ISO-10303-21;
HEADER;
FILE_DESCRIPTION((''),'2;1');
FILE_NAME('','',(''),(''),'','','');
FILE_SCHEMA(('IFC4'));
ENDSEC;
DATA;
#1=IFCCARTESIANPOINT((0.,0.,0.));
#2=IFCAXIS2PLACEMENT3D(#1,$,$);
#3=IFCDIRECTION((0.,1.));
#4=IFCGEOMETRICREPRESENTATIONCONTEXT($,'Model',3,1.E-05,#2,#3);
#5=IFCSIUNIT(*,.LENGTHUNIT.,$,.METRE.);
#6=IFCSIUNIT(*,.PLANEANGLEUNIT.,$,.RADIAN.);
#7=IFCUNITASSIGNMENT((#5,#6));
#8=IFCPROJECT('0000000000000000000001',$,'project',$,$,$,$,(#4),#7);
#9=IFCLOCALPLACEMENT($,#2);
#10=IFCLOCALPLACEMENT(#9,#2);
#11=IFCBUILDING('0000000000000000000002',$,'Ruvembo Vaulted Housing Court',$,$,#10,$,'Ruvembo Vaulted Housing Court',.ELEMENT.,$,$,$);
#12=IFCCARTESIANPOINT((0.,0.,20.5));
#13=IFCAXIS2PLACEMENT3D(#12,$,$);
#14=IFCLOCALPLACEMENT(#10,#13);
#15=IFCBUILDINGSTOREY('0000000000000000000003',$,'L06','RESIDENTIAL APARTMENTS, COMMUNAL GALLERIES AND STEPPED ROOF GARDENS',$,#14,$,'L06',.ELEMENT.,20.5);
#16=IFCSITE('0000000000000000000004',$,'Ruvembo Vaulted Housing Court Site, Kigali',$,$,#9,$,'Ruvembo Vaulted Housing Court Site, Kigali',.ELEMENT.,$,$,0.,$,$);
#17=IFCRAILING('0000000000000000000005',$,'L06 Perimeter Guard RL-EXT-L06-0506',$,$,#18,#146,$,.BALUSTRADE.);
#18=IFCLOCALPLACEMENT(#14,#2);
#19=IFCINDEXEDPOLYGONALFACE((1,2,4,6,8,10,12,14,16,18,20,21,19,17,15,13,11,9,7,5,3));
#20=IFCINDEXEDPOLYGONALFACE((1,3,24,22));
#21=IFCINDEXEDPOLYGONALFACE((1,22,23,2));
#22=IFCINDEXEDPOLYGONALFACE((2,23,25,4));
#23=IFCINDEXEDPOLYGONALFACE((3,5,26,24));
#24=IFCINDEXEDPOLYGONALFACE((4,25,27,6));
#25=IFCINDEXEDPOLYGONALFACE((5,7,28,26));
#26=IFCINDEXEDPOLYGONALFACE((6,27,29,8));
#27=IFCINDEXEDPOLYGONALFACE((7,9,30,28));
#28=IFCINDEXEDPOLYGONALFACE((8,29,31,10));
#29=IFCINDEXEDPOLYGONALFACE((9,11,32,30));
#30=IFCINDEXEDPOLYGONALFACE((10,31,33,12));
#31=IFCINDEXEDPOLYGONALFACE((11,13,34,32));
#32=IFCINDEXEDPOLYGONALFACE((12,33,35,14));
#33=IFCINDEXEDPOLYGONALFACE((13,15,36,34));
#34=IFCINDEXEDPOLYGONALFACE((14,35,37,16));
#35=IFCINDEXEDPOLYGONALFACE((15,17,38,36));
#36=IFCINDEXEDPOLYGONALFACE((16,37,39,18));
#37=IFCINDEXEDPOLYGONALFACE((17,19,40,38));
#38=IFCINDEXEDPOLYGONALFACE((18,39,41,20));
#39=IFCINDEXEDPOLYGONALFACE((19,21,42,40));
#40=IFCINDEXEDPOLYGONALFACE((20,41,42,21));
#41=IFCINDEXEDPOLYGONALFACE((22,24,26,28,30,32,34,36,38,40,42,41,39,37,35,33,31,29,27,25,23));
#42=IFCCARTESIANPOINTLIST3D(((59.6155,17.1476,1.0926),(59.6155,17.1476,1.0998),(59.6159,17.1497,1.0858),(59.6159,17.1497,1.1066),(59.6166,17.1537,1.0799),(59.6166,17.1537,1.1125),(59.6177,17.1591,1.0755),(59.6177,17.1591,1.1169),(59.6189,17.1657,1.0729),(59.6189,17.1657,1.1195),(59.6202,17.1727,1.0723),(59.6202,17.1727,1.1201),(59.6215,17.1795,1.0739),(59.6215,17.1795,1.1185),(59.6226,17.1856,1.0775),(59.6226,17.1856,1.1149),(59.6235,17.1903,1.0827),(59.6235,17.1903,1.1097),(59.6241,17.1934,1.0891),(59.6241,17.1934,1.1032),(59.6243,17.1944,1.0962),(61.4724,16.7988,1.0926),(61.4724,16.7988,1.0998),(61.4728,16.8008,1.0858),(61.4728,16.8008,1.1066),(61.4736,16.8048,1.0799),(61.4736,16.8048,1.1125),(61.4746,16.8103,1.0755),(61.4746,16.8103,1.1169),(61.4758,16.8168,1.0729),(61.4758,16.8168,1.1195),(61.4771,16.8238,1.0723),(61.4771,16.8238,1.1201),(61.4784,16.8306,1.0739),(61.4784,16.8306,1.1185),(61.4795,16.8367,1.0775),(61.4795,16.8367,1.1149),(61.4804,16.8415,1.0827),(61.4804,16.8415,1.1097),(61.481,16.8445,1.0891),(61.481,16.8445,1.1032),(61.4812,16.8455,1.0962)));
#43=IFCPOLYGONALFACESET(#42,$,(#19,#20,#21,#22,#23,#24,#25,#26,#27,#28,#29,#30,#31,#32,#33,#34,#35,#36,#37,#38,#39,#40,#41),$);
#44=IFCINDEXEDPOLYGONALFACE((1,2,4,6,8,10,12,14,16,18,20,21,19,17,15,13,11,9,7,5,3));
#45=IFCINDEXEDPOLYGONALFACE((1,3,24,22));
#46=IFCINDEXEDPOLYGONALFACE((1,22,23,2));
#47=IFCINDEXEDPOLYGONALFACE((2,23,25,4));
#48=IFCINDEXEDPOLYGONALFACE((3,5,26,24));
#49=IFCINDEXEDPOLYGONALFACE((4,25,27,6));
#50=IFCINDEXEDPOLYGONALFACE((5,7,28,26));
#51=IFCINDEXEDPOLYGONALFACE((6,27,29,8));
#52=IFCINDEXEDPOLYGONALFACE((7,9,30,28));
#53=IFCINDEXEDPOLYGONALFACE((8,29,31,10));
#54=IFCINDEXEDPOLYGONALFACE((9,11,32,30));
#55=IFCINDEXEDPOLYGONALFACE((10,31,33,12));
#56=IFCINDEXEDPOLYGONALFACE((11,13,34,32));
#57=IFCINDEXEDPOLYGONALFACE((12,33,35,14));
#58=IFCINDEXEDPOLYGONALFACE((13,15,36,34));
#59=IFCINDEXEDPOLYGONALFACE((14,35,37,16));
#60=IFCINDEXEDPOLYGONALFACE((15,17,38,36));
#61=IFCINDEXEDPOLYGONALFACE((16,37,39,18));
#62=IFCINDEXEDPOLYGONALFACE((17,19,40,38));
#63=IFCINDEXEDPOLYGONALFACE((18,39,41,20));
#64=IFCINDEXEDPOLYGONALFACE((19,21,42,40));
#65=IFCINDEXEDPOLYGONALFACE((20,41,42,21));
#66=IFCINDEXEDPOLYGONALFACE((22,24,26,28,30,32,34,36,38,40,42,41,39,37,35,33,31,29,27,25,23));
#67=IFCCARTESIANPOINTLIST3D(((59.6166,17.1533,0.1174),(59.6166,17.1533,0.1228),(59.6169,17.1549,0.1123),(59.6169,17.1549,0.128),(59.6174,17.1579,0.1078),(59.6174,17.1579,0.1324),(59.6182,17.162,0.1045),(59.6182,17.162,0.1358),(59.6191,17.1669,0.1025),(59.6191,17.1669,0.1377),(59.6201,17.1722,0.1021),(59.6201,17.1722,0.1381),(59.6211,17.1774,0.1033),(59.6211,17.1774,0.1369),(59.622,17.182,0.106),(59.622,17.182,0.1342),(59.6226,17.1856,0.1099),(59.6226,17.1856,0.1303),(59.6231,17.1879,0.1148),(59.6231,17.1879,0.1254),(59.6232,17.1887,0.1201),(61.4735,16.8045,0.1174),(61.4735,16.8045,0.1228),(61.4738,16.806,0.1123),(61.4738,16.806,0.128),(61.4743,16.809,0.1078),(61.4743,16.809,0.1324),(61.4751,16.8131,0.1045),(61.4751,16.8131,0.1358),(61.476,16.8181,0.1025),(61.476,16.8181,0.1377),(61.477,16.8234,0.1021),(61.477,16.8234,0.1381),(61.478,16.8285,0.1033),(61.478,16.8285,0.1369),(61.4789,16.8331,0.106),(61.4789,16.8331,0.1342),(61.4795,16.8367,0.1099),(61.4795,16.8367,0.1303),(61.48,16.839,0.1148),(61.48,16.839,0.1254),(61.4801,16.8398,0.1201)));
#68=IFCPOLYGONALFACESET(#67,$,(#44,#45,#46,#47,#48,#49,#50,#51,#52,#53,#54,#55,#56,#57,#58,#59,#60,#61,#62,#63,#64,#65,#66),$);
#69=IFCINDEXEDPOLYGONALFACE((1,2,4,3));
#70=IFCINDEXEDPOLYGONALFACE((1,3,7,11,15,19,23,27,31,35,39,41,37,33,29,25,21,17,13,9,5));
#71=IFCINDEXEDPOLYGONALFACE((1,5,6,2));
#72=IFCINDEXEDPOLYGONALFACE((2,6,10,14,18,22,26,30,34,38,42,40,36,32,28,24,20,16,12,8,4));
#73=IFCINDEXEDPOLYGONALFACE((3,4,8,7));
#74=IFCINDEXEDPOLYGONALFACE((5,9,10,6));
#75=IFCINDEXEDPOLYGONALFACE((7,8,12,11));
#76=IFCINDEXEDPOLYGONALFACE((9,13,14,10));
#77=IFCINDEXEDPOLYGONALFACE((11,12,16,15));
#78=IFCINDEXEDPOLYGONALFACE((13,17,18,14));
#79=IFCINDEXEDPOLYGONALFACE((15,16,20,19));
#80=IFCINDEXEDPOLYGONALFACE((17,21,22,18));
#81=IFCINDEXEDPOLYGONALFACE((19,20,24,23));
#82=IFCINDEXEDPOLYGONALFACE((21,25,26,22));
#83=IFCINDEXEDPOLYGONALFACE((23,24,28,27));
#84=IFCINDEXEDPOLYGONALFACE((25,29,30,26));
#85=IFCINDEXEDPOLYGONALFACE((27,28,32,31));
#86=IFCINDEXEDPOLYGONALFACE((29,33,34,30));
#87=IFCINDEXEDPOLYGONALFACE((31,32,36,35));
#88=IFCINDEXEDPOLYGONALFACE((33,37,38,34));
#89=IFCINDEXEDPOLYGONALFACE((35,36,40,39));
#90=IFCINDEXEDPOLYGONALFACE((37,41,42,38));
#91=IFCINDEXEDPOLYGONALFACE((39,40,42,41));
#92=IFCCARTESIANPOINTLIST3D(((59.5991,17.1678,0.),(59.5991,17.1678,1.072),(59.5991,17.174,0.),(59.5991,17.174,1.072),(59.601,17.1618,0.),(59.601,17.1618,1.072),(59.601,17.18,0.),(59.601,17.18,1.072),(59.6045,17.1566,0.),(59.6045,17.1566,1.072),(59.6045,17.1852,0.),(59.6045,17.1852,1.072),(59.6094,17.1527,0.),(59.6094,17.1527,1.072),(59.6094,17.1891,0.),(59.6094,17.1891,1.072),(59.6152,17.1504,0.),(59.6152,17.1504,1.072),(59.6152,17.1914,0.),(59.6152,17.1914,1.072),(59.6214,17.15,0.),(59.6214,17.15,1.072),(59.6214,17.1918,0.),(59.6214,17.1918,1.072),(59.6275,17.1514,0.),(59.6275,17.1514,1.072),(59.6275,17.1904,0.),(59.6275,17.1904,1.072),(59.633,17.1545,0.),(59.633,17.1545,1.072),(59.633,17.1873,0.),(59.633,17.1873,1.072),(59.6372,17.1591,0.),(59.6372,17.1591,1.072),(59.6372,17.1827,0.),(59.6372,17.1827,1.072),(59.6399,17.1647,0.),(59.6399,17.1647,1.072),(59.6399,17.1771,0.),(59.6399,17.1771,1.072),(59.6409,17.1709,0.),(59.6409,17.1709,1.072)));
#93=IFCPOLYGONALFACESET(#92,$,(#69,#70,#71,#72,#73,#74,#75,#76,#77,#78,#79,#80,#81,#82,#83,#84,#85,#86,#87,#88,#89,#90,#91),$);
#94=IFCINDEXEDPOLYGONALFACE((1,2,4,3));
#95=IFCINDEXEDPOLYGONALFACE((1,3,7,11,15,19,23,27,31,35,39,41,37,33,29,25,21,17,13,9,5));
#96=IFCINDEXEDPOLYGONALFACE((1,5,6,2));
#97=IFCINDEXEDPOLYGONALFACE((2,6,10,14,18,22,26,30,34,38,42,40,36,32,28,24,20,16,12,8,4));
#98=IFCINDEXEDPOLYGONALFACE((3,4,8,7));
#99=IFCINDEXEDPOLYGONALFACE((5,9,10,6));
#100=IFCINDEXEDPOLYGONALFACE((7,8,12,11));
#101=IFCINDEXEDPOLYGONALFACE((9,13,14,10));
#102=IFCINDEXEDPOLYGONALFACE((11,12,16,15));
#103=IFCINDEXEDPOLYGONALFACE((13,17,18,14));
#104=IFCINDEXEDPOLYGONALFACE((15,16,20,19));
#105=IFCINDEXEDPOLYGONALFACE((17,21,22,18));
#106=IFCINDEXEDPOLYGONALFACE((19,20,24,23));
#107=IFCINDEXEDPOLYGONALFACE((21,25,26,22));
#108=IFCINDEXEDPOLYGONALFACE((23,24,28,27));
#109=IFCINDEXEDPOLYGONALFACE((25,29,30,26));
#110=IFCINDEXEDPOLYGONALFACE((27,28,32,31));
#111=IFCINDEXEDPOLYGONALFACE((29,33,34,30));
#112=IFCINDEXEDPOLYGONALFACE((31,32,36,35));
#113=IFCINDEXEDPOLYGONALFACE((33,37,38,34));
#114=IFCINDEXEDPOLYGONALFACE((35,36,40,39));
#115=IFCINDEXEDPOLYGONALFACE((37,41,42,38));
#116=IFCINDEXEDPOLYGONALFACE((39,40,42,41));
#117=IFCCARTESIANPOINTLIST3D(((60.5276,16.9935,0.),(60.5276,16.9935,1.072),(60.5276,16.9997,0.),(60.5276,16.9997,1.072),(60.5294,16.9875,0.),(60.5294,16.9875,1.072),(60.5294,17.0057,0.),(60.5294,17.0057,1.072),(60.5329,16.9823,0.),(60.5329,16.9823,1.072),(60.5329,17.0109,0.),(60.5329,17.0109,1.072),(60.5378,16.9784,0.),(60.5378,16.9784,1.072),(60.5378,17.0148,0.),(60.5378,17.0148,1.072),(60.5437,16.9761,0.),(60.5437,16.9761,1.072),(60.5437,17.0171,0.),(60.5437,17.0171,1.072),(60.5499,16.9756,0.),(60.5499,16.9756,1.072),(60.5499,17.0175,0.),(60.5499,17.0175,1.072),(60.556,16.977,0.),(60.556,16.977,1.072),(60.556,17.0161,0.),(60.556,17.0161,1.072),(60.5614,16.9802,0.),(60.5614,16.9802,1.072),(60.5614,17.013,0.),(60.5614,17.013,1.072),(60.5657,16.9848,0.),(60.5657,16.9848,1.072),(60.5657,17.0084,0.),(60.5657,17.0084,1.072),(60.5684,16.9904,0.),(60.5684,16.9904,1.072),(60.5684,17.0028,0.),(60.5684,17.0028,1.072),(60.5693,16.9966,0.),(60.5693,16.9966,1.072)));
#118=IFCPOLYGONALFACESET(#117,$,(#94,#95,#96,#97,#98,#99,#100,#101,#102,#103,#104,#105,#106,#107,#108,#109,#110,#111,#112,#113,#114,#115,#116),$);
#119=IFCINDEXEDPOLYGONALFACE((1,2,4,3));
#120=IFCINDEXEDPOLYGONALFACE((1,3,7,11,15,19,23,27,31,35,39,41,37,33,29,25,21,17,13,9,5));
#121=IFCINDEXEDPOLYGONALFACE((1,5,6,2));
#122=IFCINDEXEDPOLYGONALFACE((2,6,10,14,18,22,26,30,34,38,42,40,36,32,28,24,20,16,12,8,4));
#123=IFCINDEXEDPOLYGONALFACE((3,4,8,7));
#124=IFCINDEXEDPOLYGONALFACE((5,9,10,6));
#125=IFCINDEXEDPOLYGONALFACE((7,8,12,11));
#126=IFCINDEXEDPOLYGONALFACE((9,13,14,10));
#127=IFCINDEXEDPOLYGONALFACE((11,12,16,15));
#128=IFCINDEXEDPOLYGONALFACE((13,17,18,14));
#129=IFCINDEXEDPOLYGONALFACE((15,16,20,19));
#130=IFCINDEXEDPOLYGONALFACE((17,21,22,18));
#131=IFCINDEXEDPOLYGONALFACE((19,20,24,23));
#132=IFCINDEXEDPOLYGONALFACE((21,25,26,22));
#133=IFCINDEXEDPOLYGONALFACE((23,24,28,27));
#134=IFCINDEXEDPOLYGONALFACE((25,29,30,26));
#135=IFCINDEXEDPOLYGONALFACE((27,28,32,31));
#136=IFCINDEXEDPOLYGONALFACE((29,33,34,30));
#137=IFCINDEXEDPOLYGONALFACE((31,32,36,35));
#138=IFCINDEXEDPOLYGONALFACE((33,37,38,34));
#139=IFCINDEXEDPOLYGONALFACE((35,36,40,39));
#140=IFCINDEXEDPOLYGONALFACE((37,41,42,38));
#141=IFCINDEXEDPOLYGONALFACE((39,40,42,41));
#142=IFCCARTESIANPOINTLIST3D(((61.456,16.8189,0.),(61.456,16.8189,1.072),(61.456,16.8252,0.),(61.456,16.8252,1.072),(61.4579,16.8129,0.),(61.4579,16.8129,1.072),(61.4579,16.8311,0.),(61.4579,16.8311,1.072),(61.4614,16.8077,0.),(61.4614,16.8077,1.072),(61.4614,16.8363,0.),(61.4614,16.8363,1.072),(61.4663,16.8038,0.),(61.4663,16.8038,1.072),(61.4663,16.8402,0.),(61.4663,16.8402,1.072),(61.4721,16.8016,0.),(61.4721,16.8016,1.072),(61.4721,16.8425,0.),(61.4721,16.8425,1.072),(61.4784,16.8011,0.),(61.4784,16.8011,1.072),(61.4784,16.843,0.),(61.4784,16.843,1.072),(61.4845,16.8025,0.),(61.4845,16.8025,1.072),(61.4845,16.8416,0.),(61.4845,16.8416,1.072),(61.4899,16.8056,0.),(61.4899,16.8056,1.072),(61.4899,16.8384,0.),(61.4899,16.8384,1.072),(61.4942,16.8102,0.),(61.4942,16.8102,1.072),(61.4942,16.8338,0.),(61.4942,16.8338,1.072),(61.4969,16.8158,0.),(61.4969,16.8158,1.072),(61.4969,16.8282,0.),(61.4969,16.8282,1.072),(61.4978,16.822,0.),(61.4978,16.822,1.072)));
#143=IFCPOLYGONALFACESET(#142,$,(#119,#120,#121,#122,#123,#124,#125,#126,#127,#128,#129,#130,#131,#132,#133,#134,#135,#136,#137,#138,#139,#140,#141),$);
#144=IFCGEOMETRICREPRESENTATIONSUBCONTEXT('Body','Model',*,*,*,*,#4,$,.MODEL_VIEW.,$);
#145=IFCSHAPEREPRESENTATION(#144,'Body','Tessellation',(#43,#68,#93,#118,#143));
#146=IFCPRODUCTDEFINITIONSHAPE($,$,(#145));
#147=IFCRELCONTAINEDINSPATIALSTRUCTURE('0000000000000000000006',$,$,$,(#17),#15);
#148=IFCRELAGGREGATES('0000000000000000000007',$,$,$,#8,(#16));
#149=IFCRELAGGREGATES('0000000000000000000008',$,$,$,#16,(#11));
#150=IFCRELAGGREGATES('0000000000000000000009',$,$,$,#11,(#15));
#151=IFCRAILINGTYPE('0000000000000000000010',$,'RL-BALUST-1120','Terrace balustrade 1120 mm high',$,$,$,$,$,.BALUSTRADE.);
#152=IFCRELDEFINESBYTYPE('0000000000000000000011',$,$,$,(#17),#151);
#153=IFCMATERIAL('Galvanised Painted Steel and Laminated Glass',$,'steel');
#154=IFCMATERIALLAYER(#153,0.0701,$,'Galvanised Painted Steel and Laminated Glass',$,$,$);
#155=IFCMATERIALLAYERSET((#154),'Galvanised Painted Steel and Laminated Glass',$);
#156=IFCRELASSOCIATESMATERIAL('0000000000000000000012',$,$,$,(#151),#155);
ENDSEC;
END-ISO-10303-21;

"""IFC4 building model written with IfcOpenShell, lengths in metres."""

from ifc_helpers import new_model, si_unit, direction, frame, origin, origin_2d, place, context, subcontext, project, spatial, circle, extrude, material, layer, layer_set, type_object, element, save


model = new_model("IFC4")

# Units and contexts
model_context = context("Model", 3, precision=1e-05, world=origin(), true_north=direction((0.0, 1.0)))
body_context = subcontext(model_context, "Body", "Model", "MODEL_VIEW")
ifc_project = project(units=[si_unit("LENGTHUNIT", "METRE"), si_unit("PLANEANGLEUNIT", "RADIAN")], contexts=[model_context])

# Site, building, storey
site_placement = place(None, origin())
site = spatial("IfcSite", under=ifc_project, at=site_placement, Name="Ruvembo Vaulted Housing Court Site, Kigali", LongName="Ruvembo Vaulted Housing Court Site, Kigali", CompositionType="ELEMENT", RefElevation=0.0)
building_placement = place(site_placement, origin())
building = spatial("IfcBuilding", under=site, at=building_placement, Name="Ruvembo Vaulted Housing Court", LongName="Ruvembo Vaulted Housing Court", CompositionType="ELEMENT")
storey_placement = place(building_placement, frame((0.0, 0.0, 20.5)))
storey = spatial("IfcBuildingStorey", under=building, at=storey_placement, Name="L06", Description="RESIDENTIAL APARTMENTS, COMMUNAL GALLERIES AND STEPPED ROOF GARDENS", LongName="L06", CompositionType="ELEMENT", Elevation=20.5)

# Railing
ifc_material_1 = material(Name="Galvanised Painted Steel and Laminated Glass", Category="steel")
ifc_layer = layer(ifc_material_1, 0.0701, Name="Galvanised Painted Steel and Laminated Glass")
ifc_layer_set = layer_set([ifc_layer], Name="Galvanised Painted Steel and Laminated Glass")
railing_type = type_object("IfcRailingType", Name="RL-BALUST-1120", Description="Terrace balustrade 1120 mm high", PredefinedType="BALUSTRADE", material=ifc_layer_set)
railing_1_placement = place(storey_placement, frame((59.6199, 17.1709, 0.0)))
element("IfcRailing", 1, at=railing_1_placement, inside=storey, type_object=railing_type, Name="L06 Perimeter Guard RL-EXT-L06-0506", PredefinedType="BALUSTRADE", context=body_context, shape_type="SweptSolid", body=[
    extrude(circle(Radius=0.0239, at=origin_2d()), frame((0.0, 0.0, 1.0962), z_axis=(0.982805, -0.184647, 0.0), x_axis=(0.184647, 0.982805, 0.0)), (0.0, 0.0, 1.0), 1.8894),
    extrude(circle(Radius=0.0181, at=origin_2d()), frame((0.0, 0.0, 0.1201), z_axis=(0.982805, -0.184647, 0.0), x_axis=(0.184647, 0.982805, 0.0)), (0.0, 0.0, 1.0), 1.8894),
    extrude(circle(Radius=0.021, at=origin_2d()), origin(), (0.0, 0.0, 1.0), 1.072),
    extrude(circle(Radius=0.021, at=origin_2d()), frame((0.9285, -0.1743, 0.0)), (0.0, 0.0, 1.0), 1.072),
    extrude(circle(Radius=0.021, at=origin_2d()), frame((1.8569, -0.3489, 0.0)), (0.0, 0.0, 1.0), 1.072),
])

save(model, "model.ifc")
